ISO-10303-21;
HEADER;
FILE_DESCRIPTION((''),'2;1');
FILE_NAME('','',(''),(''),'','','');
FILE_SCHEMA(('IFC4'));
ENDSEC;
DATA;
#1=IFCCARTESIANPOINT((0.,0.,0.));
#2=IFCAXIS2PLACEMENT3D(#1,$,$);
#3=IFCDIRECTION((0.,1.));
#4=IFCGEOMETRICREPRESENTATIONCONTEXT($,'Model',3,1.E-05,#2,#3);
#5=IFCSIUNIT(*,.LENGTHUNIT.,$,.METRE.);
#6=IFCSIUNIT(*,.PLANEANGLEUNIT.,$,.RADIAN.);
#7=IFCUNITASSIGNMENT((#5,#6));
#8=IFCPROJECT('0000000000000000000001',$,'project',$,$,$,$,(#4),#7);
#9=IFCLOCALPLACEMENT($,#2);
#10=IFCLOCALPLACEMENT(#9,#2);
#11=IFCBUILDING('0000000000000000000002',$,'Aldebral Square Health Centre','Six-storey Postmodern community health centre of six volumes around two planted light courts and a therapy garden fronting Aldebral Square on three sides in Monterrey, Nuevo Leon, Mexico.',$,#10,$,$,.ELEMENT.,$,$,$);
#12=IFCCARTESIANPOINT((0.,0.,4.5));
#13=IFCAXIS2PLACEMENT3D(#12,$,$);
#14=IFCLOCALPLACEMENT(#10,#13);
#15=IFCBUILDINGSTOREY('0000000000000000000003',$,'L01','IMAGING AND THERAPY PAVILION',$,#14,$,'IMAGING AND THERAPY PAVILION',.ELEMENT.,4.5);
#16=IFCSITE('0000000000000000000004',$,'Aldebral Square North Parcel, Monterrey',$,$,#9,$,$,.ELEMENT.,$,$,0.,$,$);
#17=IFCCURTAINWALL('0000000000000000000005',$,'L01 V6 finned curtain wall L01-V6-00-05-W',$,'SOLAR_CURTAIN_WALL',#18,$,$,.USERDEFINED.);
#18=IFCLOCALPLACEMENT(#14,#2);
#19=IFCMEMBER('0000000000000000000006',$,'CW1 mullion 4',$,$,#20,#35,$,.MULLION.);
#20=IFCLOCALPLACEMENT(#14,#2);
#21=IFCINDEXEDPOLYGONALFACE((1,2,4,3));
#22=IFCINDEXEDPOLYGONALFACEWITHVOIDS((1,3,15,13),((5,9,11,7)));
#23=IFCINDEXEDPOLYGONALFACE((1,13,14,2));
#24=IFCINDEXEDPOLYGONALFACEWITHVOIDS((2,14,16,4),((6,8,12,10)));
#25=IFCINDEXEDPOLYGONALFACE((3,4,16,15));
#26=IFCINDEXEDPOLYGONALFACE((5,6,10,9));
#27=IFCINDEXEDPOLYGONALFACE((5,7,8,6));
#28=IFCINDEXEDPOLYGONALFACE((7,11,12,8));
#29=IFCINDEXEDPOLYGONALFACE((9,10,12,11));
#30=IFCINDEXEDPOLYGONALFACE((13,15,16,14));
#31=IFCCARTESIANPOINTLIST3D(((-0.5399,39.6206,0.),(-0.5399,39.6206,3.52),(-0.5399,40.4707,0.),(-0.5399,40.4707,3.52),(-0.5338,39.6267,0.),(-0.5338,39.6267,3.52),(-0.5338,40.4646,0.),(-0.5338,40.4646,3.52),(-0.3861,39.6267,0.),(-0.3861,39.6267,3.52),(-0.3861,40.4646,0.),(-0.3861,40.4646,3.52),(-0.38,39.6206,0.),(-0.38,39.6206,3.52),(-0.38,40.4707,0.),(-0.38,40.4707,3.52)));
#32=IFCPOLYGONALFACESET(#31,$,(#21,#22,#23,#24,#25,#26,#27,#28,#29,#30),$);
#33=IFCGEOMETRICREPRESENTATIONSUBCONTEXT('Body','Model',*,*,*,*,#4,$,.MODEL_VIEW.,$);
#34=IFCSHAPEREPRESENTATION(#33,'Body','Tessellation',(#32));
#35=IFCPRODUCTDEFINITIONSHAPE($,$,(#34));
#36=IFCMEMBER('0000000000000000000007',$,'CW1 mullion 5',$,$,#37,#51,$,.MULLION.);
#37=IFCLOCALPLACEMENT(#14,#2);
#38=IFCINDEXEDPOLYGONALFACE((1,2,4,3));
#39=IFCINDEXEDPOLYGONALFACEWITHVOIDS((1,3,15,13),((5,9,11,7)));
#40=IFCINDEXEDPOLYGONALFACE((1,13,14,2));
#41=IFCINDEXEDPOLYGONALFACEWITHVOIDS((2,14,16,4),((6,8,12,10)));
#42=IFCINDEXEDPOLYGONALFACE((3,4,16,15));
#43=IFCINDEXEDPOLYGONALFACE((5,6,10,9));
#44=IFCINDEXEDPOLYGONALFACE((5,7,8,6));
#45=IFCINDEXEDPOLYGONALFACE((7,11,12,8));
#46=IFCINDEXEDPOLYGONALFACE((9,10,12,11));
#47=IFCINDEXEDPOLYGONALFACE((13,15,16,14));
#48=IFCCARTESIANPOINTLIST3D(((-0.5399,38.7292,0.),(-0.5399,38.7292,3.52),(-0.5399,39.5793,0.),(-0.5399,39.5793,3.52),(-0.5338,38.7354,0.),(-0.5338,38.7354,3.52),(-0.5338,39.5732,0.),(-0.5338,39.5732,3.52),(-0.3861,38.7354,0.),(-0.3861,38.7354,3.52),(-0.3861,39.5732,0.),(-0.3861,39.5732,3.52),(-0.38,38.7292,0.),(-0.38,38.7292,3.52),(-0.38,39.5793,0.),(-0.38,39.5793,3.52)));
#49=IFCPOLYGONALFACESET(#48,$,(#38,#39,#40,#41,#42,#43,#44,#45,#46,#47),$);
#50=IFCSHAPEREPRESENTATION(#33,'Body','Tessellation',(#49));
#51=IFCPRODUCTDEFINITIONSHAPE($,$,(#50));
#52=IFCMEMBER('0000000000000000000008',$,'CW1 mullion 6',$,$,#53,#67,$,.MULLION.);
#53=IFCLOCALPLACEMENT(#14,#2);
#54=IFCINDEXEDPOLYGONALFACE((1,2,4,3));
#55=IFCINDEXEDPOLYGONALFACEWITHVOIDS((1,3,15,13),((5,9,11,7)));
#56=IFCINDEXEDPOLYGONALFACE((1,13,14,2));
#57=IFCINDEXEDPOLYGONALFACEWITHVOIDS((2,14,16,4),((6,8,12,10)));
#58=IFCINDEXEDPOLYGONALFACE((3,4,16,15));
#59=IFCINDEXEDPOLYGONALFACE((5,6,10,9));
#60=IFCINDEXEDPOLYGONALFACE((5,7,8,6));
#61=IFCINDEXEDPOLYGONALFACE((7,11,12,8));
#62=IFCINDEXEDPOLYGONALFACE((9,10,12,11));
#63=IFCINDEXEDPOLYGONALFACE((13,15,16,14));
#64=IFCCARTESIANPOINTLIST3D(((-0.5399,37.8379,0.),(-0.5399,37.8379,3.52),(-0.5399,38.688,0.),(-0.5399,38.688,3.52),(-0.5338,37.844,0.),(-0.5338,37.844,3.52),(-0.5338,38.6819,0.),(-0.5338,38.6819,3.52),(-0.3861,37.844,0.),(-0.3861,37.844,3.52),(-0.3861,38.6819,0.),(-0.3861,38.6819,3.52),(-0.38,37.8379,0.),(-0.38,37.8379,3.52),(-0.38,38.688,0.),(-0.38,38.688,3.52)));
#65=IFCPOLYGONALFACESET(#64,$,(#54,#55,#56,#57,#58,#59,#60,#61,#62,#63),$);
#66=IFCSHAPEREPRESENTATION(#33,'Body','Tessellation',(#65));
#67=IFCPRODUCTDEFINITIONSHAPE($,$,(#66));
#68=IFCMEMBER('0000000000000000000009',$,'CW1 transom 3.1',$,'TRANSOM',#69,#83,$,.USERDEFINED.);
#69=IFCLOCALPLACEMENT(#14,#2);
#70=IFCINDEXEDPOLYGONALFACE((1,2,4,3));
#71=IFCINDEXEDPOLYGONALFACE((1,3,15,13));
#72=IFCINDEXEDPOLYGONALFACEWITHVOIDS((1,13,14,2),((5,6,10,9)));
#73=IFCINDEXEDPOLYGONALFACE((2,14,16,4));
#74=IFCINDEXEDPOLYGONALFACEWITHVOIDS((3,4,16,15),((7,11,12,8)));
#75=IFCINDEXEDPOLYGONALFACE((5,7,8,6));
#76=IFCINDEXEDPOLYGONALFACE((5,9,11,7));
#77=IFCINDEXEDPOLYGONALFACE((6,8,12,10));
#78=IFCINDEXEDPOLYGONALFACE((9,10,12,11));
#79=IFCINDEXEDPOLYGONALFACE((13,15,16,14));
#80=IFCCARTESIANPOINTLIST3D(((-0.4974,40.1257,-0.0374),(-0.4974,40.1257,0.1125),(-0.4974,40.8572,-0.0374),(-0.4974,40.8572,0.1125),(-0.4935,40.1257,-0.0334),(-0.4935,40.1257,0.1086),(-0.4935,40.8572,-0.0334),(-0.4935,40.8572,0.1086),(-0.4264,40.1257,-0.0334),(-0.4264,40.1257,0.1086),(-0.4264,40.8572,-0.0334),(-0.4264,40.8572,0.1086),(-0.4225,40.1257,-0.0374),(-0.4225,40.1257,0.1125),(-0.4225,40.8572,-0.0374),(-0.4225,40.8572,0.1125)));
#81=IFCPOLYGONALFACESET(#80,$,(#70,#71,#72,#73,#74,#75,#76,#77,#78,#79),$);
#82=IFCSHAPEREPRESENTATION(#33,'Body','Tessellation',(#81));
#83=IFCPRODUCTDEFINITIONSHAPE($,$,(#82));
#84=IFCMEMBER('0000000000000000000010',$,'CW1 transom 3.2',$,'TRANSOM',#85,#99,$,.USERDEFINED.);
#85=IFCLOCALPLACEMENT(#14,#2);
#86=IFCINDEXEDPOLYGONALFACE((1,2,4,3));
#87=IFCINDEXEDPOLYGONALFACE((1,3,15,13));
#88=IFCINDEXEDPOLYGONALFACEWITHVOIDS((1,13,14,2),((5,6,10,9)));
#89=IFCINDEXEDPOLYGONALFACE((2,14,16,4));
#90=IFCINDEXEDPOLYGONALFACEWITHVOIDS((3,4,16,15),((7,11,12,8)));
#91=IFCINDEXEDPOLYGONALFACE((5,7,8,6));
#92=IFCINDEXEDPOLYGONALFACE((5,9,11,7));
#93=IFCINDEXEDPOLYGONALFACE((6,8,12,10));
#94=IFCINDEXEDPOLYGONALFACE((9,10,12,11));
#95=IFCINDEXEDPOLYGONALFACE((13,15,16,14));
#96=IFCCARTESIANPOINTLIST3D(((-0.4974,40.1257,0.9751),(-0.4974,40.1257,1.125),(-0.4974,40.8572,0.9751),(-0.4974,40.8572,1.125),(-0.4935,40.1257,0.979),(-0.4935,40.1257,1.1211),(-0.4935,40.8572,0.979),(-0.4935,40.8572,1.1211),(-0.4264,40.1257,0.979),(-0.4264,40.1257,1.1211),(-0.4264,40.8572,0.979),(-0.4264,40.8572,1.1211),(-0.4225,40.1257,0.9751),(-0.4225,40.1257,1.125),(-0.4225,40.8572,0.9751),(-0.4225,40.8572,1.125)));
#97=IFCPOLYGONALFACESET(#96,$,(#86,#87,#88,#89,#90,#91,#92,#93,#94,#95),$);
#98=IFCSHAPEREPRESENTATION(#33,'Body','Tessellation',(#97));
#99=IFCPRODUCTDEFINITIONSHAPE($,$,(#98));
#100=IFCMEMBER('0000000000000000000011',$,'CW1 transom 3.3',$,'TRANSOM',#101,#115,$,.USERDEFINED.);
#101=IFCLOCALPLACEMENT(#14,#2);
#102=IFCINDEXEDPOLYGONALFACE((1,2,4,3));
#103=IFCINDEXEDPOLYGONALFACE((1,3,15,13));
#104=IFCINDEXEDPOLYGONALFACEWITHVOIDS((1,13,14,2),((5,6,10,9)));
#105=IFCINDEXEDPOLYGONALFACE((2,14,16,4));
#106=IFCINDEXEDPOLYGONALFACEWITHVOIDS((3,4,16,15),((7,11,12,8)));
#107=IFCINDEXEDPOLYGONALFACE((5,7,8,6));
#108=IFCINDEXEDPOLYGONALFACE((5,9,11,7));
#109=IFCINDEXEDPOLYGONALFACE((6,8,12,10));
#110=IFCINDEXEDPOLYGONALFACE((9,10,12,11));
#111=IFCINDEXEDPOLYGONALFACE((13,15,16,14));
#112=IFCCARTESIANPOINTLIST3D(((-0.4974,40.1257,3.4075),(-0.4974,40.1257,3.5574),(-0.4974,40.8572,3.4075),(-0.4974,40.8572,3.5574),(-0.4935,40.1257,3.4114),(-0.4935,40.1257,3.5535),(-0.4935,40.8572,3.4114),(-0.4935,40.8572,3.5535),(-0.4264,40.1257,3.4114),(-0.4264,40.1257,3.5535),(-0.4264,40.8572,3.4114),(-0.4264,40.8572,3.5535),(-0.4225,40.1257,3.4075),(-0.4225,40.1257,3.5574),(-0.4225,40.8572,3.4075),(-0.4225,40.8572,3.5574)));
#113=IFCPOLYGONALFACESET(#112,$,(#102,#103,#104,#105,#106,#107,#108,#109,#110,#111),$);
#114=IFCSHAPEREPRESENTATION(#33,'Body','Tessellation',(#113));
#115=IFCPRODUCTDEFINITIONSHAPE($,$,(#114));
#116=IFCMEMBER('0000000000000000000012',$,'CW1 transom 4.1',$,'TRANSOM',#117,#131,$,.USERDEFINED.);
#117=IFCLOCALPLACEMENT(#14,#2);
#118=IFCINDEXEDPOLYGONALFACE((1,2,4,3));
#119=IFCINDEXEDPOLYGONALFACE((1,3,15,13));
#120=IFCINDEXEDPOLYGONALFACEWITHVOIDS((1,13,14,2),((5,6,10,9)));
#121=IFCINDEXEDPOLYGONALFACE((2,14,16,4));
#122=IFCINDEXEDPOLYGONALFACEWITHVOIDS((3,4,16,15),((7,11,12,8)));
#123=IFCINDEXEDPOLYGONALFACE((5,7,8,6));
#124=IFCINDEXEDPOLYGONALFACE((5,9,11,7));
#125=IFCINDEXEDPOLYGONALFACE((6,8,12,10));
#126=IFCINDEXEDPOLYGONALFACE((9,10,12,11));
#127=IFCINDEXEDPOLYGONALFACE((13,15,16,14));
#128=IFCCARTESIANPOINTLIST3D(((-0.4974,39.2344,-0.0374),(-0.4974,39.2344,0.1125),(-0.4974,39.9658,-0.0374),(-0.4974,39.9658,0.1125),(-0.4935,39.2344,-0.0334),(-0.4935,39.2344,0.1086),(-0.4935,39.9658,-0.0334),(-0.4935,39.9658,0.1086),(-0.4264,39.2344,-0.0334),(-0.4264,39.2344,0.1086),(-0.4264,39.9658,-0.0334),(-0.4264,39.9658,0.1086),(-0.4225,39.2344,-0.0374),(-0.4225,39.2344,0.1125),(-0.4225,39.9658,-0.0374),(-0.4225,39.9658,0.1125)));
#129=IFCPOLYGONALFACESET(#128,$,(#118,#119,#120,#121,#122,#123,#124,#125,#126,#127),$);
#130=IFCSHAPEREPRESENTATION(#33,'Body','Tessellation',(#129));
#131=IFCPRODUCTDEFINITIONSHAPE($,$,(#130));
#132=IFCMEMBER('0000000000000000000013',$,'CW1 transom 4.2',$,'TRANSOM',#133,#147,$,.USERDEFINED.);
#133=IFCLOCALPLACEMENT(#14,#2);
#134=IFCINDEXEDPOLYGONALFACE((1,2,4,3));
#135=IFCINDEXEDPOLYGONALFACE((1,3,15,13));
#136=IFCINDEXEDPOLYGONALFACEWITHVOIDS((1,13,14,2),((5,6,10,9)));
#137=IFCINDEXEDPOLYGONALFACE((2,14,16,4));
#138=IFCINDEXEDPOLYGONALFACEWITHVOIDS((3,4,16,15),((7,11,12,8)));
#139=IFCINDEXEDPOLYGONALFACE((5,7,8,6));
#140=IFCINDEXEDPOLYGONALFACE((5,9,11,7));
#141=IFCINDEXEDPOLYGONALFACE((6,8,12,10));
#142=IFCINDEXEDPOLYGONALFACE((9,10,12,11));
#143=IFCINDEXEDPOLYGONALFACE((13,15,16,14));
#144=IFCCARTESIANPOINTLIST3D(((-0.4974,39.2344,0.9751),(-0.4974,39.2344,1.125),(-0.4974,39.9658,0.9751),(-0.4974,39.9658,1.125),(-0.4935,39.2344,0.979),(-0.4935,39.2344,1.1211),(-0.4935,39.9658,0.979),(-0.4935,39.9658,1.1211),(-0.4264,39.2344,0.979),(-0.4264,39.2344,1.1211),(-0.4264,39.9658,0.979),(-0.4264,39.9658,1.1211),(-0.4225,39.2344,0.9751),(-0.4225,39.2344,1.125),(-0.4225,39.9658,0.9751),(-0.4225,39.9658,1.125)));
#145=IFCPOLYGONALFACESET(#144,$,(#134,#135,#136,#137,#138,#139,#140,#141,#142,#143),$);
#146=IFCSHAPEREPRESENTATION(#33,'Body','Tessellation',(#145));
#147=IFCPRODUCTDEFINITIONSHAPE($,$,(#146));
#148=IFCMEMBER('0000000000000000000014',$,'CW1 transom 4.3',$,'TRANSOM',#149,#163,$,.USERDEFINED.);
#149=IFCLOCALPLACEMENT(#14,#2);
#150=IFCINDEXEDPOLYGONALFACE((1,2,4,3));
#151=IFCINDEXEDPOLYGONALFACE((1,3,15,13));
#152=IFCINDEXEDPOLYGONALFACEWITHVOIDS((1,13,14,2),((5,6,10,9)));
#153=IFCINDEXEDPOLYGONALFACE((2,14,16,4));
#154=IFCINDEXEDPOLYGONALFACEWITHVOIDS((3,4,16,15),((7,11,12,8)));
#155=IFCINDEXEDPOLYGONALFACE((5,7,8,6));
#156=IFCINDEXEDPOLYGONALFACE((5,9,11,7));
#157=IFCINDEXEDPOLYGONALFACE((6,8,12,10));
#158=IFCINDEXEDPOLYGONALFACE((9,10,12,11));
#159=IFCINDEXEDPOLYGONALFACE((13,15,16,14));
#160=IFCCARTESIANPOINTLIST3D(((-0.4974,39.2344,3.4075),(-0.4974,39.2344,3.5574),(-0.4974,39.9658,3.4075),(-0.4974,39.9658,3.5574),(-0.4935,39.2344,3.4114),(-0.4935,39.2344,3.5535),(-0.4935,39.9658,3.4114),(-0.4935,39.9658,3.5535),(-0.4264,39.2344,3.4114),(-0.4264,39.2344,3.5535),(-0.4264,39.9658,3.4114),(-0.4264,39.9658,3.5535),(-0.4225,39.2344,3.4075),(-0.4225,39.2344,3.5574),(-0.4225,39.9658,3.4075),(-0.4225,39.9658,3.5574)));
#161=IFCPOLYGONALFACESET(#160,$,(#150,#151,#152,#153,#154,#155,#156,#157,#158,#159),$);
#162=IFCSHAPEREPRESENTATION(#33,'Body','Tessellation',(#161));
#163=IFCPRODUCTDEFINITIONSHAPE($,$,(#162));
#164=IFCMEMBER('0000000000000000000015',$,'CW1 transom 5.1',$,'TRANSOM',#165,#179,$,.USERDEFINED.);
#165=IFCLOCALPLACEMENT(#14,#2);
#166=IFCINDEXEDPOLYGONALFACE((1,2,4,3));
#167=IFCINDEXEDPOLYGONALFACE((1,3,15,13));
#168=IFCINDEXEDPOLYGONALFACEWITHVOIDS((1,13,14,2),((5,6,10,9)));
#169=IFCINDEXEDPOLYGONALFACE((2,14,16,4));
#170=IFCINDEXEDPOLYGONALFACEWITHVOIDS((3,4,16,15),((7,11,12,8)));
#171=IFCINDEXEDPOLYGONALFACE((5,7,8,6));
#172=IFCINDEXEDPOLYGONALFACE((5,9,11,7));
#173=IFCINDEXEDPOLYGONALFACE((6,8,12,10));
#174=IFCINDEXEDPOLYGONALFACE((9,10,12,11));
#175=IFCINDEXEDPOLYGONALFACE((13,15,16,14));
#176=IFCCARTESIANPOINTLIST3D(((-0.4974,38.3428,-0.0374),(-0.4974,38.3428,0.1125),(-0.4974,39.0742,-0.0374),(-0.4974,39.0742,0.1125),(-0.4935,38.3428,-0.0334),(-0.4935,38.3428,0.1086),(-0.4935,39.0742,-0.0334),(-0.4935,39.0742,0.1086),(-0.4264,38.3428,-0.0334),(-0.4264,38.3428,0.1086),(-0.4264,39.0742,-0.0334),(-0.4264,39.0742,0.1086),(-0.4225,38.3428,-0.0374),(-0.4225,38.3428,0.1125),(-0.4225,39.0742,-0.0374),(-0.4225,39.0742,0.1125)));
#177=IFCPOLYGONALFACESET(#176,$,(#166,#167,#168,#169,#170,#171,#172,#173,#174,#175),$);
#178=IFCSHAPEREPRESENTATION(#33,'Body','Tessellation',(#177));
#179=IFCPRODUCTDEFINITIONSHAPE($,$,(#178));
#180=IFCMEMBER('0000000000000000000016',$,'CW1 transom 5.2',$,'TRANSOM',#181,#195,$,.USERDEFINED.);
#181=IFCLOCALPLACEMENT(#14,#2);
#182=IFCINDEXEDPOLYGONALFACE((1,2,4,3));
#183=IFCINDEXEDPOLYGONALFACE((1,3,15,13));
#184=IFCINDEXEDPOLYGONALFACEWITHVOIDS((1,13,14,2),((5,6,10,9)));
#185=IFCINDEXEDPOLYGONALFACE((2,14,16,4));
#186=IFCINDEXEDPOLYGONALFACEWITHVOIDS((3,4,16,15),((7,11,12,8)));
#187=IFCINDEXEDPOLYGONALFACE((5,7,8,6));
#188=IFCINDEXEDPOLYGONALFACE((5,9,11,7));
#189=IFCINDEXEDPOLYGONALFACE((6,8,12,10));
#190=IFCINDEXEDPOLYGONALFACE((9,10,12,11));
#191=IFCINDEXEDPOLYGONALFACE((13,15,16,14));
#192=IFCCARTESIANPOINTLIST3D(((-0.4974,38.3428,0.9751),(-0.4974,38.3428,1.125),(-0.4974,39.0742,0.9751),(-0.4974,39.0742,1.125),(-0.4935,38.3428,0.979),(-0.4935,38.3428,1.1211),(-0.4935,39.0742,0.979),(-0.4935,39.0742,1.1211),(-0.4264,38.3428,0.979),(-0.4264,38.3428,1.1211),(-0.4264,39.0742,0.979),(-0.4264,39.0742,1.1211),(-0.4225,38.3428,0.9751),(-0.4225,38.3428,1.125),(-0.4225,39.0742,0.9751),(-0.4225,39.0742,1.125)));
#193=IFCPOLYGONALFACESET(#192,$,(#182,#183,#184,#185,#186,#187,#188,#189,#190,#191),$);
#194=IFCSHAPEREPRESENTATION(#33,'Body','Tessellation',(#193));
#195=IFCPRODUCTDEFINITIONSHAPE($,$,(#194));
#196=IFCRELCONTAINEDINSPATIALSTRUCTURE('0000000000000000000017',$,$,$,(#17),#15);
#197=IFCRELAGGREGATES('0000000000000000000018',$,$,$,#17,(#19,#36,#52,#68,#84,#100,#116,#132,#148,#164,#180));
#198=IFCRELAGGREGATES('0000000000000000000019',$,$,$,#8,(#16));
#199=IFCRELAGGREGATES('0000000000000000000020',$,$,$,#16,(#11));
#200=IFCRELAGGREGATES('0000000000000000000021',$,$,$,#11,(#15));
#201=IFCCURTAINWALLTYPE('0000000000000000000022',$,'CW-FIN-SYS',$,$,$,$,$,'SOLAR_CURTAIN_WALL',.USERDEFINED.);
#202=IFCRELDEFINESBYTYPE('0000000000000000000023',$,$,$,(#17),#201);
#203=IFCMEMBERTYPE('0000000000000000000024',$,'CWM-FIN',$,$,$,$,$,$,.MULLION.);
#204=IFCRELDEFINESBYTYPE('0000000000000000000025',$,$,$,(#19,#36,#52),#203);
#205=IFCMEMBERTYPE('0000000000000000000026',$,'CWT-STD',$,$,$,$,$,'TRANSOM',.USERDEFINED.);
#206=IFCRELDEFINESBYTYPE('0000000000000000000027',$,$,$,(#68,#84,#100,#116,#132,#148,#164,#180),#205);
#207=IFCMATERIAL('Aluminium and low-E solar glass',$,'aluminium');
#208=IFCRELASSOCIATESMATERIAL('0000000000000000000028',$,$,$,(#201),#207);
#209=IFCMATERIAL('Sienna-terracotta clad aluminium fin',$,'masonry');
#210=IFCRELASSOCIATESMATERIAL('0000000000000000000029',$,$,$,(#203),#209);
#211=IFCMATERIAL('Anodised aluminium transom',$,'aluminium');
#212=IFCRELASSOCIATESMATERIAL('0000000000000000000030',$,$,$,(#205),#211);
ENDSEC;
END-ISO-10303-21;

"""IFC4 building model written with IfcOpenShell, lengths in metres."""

from ifc_helpers import new_model, si_unit, direction, frame, origin, origin_2d, place, context, subcontext, project, spatial, hollow_rectangle, extrude, material, material_profile, profile_set, type_object, element, aggregate, save


model = new_model("IFC4")

# Units and contexts
model_context = context("Model", 3, precision=1e-05, world=origin(), true_north=direction((0.0, 1.0)))
body_context = subcontext(model_context, "Body", "Model", "MODEL_VIEW")
ifc_project = project(units=[si_unit("LENGTHUNIT", "METRE"), si_unit("PLANEANGLEUNIT", "RADIAN")], contexts=[model_context])

# Site, building, storey
site_placement = place(None, origin())
site = spatial("IfcSite", under=ifc_project, at=site_placement, Name="Aldebral Square North Parcel, Monterrey", CompositionType="ELEMENT", RefElevation=0.0)
building_placement = place(site_placement, origin())
building = spatial("IfcBuilding", under=site, at=building_placement, Name="Aldebral Square Health Centre", Description="Six-storey Postmodern community health centre of six volumes around two planted light courts and a therapy garden fronting Aldebral Square on three sides in Monterrey, Nuevo Leon, Mexico.", CompositionType="ELEMENT")
storey_placement = place(building_placement, frame((0.0, 0.0, 4.5)))
storey = spatial("IfcBuildingStorey", under=building, at=storey_placement, Name="L01", Description="IMAGING AND THERAPY PAVILION", LongName="IMAGING AND THERAPY PAVILION", CompositionType="ELEMENT", Elevation=4.5)

# Curtain wall, members
ifc_material_1 = material(Name="Aluminium and low-E solar glass", Category="aluminium")
curtain_wall_type = type_object("IfcCurtainWallType", Name="CW-FIN-SYS", ElementType="SOLAR_CURTAIN_WALL", PredefinedType="USERDEFINED", material=ifc_material_1)
curtain_wall_placement = place(storey_placement, origin())
curtain_wall = element("IfcCurtainWall", 1, at=curtain_wall_placement, inside=storey, type_object=curtain_wall_type, Name="L01 V6 finned curtain wall L01-V6-00-05-W", ObjectType="SOLAR_CURTAIN_WALL", PredefinedType="USERDEFINED")
ifc_material_2 = material(Name="Sienna-terracotta clad aluminium fin", Category="masonry")
ifc_material_profile_1 = material_profile(ifc_material_2, hollow_rectangle(XDim=0.1599, YDim=0.8501, WallThickness=0.0061, at=origin_2d()), Name="FIN 160x850x6")
ifc_profile_set_1 = profile_set([ifc_material_profile_1], Name="Sienna-terracotta clad aluminium fin")
member_type_1 = type_object("IfcMemberType", Name="CWM-FIN", PredefinedType="MULLION", material=ifc_profile_set_1)
member_1_placement = place(storey_placement, frame((-0.46, 40.0457, 0.0), z_axis=(0.0, 0.0, 1.0), x_axis=(1.0, 0.0, 0.0)))
member_1 = element("IfcMember", 2, at=member_1_placement, type_object=member_type_1, Name="CW1 mullion 4", PredefinedType="MULLION", context=body_context, shape_type="SweptSolid", body=[
    extrude(hollow_rectangle(XDim=0.1599, YDim=0.8501, WallThickness=0.0061, at=origin_2d()), origin(), (0.0, 0.0, 1.0), 3.52),
])
member_2_placement = place(storey_placement, frame((-0.46, 39.1543, 0.0), z_axis=(0.0, 0.0, 1.0), x_axis=(1.0, 0.0, 0.0)))
member_2 = element("IfcMember", 3, at=member_2_placement, type_object=member_type_1, Name="CW1 mullion 5", PredefinedType="MULLION", context=body_context, shape_type="SweptSolid", body=[
    extrude(hollow_rectangle(XDim=0.1599, YDim=0.8501, WallThickness=0.0061, at=origin_2d()), origin(), (0.0, 0.0, 1.0), 3.52),
])
member_3_placement = place(storey_placement, frame((-0.46, 38.2629, 0.0), z_axis=(0.0, 0.0, 1.0), x_axis=(1.0, 0.0, 0.0)))
member_3 = element("IfcMember", 4, at=member_3_placement, type_object=member_type_1, Name="CW1 mullion 6", PredefinedType="MULLION", context=body_context, shape_type="SweptSolid", body=[
    extrude(hollow_rectangle(XDim=0.1599, YDim=0.8501, WallThickness=0.0061, at=origin_2d()), origin(), (0.0, 0.0, 1.0), 3.52),
])
ifc_material_3 = material(Name="Anodised aluminium transom", Category="aluminium")
ifc_material_profile_2 = material_profile(ifc_material_3, hollow_rectangle(XDim=0.075, YDim=0.1499, WallThickness=0.0039, at=origin_2d()), Name="CWT 75x150x4")
ifc_profile_set_2 = profile_set([ifc_material_profile_2], Name="Anodised aluminium transom")
member_type_2 = type_object("IfcMemberType", Name="CWT-STD", ElementType="TRANSOM", PredefinedType="USERDEFINED", material=ifc_profile_set_2)
member_4_placement = place(storey_placement, frame((-0.46, 40.8572, 0.0376), z_axis=(0.0, -1.0, 0.0), x_axis=(1.0, 0.0, 0.0)))
member_4 = element("IfcMember", 5, at=member_4_placement, type_object=member_type_2, Name="CW1 transom 3.1", ObjectType="TRANSOM", PredefinedType="USERDEFINED", context=body_context, shape_type="SweptSolid", body=[
    extrude(hollow_rectangle(XDim=0.075, YDim=0.1499, WallThickness=0.0039, at=origin_2d()), origin(), (0.0, 0.0, 1.0), 0.7314),
])
member_5_placement = place(storey_placement, frame((-0.46, 40.8572, 1.05), z_axis=(0.0, -1.0, 0.0), x_axis=(1.0, 0.0, 0.0)))
member_5 = element("IfcMember", 6, at=member_5_placement, type_object=member_type_2, Name="CW1 transom 3.2", ObjectType="TRANSOM", PredefinedType="USERDEFINED", context=body_context, shape_type="SweptSolid", body=[
    extrude(hollow_rectangle(XDim=0.075, YDim=0.1499, WallThickness=0.0039, at=origin_2d()), origin(), (0.0, 0.0, 1.0), 0.7314),
])
member_6_placement = place(storey_placement, frame((-0.46, 40.8572, 3.4824), z_axis=(0.0, -1.0, 0.0), x_axis=(1.0, 0.0, 0.0)))
member_6 = element("IfcMember", 7, at=member_6_placement, type_object=member_type_2, Name="CW1 transom 3.3", ObjectType="TRANSOM", PredefinedType="USERDEFINED", context=body_context, shape_type="SweptSolid", body=[
    extrude(hollow_rectangle(XDim=0.075, YDim=0.1499, WallThickness=0.0039, at=origin_2d()), origin(), (0.0, 0.0, 1.0), 0.7314),
])
member_7_placement = place(storey_placement, frame((-0.46, 39.9658, 0.0376), z_axis=(0.0, -1.0, 0.0), x_axis=(1.0, 0.0, 0.0)))
member_7 = element("IfcMember", 8, at=member_7_placement, type_object=member_type_2, Name="CW1 transom 4.1", ObjectType="TRANSOM", PredefinedType="USERDEFINED", context=body_context, shape_type="SweptSolid", body=[
    extrude(hollow_rectangle(XDim=0.075, YDim=0.1499, WallThickness=0.0039, at=origin_2d()), origin(), (0.0, 0.0, 1.0), 0.7314),
])
member_8_placement = place(storey_placement, frame((-0.46, 39.9658, 1.05), z_axis=(0.0, -1.0, 0.0), x_axis=(1.0, 0.0, 0.0)))
member_8 = element("IfcMember", 9, at=member_8_placement, type_object=member_type_2, Name="CW1 transom 4.2", ObjectType="TRANSOM", PredefinedType="USERDEFINED", context=body_context, shape_type="SweptSolid", body=[
    extrude(hollow_rectangle(XDim=0.075, YDim=0.1499, WallThickness=0.0039, at=origin_2d()), origin(), (0.0, 0.0, 1.0), 0.7314),
])
member_9_placement = place(storey_placement, frame((-0.46, 39.9658, 3.4824), z_axis=(0.0, -1.0, 0.0), x_axis=(1.0, 0.0, 0.0)))
member_9 = element("IfcMember", 10, at=member_9_placement, type_object=member_type_2, Name="CW1 transom 4.3", ObjectType="TRANSOM", PredefinedType="USERDEFINED", context=body_context, shape_type="SweptSolid", body=[
    extrude(hollow_rectangle(XDim=0.075, YDim=0.1499, WallThickness=0.0039, at=origin_2d()), origin(), (0.0, 0.0, 1.0), 0.7314),
])
member_10_placement = place(storey_placement, frame((-0.46, 39.0742, 0.0376), z_axis=(0.0, -1.0, 0.0), x_axis=(1.0, 0.0, 0.0)))
member_10 = element("IfcMember", 11, at=member_10_placement, type_object=member_type_2, Name="CW1 transom 5.1", ObjectType="TRANSOM", PredefinedType="USERDEFINED", context=body_context, shape_type="SweptSolid", body=[
    extrude(hollow_rectangle(XDim=0.075, YDim=0.1499, WallThickness=0.0039, at=origin_2d()), origin(), (0.0, 0.0, 1.0), 0.7314),
])
member_11_placement = place(storey_placement, frame((-0.46, 39.0742, 1.05), z_axis=(0.0, -1.0, 0.0), x_axis=(1.0, 0.0, 0.0)))
member_11 = element("IfcMember", 12, at=member_11_placement, type_object=member_type_2, Name="CW1 transom 5.2", ObjectType="TRANSOM", PredefinedType="USERDEFINED", context=body_context, shape_type="SweptSolid", body=[
    extrude(hollow_rectangle(XDim=0.075, YDim=0.1499, WallThickness=0.0039, at=origin_2d()), origin(), (0.0, 0.0, 1.0), 0.7314),
])
aggregate(curtain_wall, [member_1, member_2, member_3, member_4, member_5, member_6, member_7, member_8, member_9, member_10, member_11])

save(model, "model.ifc")
